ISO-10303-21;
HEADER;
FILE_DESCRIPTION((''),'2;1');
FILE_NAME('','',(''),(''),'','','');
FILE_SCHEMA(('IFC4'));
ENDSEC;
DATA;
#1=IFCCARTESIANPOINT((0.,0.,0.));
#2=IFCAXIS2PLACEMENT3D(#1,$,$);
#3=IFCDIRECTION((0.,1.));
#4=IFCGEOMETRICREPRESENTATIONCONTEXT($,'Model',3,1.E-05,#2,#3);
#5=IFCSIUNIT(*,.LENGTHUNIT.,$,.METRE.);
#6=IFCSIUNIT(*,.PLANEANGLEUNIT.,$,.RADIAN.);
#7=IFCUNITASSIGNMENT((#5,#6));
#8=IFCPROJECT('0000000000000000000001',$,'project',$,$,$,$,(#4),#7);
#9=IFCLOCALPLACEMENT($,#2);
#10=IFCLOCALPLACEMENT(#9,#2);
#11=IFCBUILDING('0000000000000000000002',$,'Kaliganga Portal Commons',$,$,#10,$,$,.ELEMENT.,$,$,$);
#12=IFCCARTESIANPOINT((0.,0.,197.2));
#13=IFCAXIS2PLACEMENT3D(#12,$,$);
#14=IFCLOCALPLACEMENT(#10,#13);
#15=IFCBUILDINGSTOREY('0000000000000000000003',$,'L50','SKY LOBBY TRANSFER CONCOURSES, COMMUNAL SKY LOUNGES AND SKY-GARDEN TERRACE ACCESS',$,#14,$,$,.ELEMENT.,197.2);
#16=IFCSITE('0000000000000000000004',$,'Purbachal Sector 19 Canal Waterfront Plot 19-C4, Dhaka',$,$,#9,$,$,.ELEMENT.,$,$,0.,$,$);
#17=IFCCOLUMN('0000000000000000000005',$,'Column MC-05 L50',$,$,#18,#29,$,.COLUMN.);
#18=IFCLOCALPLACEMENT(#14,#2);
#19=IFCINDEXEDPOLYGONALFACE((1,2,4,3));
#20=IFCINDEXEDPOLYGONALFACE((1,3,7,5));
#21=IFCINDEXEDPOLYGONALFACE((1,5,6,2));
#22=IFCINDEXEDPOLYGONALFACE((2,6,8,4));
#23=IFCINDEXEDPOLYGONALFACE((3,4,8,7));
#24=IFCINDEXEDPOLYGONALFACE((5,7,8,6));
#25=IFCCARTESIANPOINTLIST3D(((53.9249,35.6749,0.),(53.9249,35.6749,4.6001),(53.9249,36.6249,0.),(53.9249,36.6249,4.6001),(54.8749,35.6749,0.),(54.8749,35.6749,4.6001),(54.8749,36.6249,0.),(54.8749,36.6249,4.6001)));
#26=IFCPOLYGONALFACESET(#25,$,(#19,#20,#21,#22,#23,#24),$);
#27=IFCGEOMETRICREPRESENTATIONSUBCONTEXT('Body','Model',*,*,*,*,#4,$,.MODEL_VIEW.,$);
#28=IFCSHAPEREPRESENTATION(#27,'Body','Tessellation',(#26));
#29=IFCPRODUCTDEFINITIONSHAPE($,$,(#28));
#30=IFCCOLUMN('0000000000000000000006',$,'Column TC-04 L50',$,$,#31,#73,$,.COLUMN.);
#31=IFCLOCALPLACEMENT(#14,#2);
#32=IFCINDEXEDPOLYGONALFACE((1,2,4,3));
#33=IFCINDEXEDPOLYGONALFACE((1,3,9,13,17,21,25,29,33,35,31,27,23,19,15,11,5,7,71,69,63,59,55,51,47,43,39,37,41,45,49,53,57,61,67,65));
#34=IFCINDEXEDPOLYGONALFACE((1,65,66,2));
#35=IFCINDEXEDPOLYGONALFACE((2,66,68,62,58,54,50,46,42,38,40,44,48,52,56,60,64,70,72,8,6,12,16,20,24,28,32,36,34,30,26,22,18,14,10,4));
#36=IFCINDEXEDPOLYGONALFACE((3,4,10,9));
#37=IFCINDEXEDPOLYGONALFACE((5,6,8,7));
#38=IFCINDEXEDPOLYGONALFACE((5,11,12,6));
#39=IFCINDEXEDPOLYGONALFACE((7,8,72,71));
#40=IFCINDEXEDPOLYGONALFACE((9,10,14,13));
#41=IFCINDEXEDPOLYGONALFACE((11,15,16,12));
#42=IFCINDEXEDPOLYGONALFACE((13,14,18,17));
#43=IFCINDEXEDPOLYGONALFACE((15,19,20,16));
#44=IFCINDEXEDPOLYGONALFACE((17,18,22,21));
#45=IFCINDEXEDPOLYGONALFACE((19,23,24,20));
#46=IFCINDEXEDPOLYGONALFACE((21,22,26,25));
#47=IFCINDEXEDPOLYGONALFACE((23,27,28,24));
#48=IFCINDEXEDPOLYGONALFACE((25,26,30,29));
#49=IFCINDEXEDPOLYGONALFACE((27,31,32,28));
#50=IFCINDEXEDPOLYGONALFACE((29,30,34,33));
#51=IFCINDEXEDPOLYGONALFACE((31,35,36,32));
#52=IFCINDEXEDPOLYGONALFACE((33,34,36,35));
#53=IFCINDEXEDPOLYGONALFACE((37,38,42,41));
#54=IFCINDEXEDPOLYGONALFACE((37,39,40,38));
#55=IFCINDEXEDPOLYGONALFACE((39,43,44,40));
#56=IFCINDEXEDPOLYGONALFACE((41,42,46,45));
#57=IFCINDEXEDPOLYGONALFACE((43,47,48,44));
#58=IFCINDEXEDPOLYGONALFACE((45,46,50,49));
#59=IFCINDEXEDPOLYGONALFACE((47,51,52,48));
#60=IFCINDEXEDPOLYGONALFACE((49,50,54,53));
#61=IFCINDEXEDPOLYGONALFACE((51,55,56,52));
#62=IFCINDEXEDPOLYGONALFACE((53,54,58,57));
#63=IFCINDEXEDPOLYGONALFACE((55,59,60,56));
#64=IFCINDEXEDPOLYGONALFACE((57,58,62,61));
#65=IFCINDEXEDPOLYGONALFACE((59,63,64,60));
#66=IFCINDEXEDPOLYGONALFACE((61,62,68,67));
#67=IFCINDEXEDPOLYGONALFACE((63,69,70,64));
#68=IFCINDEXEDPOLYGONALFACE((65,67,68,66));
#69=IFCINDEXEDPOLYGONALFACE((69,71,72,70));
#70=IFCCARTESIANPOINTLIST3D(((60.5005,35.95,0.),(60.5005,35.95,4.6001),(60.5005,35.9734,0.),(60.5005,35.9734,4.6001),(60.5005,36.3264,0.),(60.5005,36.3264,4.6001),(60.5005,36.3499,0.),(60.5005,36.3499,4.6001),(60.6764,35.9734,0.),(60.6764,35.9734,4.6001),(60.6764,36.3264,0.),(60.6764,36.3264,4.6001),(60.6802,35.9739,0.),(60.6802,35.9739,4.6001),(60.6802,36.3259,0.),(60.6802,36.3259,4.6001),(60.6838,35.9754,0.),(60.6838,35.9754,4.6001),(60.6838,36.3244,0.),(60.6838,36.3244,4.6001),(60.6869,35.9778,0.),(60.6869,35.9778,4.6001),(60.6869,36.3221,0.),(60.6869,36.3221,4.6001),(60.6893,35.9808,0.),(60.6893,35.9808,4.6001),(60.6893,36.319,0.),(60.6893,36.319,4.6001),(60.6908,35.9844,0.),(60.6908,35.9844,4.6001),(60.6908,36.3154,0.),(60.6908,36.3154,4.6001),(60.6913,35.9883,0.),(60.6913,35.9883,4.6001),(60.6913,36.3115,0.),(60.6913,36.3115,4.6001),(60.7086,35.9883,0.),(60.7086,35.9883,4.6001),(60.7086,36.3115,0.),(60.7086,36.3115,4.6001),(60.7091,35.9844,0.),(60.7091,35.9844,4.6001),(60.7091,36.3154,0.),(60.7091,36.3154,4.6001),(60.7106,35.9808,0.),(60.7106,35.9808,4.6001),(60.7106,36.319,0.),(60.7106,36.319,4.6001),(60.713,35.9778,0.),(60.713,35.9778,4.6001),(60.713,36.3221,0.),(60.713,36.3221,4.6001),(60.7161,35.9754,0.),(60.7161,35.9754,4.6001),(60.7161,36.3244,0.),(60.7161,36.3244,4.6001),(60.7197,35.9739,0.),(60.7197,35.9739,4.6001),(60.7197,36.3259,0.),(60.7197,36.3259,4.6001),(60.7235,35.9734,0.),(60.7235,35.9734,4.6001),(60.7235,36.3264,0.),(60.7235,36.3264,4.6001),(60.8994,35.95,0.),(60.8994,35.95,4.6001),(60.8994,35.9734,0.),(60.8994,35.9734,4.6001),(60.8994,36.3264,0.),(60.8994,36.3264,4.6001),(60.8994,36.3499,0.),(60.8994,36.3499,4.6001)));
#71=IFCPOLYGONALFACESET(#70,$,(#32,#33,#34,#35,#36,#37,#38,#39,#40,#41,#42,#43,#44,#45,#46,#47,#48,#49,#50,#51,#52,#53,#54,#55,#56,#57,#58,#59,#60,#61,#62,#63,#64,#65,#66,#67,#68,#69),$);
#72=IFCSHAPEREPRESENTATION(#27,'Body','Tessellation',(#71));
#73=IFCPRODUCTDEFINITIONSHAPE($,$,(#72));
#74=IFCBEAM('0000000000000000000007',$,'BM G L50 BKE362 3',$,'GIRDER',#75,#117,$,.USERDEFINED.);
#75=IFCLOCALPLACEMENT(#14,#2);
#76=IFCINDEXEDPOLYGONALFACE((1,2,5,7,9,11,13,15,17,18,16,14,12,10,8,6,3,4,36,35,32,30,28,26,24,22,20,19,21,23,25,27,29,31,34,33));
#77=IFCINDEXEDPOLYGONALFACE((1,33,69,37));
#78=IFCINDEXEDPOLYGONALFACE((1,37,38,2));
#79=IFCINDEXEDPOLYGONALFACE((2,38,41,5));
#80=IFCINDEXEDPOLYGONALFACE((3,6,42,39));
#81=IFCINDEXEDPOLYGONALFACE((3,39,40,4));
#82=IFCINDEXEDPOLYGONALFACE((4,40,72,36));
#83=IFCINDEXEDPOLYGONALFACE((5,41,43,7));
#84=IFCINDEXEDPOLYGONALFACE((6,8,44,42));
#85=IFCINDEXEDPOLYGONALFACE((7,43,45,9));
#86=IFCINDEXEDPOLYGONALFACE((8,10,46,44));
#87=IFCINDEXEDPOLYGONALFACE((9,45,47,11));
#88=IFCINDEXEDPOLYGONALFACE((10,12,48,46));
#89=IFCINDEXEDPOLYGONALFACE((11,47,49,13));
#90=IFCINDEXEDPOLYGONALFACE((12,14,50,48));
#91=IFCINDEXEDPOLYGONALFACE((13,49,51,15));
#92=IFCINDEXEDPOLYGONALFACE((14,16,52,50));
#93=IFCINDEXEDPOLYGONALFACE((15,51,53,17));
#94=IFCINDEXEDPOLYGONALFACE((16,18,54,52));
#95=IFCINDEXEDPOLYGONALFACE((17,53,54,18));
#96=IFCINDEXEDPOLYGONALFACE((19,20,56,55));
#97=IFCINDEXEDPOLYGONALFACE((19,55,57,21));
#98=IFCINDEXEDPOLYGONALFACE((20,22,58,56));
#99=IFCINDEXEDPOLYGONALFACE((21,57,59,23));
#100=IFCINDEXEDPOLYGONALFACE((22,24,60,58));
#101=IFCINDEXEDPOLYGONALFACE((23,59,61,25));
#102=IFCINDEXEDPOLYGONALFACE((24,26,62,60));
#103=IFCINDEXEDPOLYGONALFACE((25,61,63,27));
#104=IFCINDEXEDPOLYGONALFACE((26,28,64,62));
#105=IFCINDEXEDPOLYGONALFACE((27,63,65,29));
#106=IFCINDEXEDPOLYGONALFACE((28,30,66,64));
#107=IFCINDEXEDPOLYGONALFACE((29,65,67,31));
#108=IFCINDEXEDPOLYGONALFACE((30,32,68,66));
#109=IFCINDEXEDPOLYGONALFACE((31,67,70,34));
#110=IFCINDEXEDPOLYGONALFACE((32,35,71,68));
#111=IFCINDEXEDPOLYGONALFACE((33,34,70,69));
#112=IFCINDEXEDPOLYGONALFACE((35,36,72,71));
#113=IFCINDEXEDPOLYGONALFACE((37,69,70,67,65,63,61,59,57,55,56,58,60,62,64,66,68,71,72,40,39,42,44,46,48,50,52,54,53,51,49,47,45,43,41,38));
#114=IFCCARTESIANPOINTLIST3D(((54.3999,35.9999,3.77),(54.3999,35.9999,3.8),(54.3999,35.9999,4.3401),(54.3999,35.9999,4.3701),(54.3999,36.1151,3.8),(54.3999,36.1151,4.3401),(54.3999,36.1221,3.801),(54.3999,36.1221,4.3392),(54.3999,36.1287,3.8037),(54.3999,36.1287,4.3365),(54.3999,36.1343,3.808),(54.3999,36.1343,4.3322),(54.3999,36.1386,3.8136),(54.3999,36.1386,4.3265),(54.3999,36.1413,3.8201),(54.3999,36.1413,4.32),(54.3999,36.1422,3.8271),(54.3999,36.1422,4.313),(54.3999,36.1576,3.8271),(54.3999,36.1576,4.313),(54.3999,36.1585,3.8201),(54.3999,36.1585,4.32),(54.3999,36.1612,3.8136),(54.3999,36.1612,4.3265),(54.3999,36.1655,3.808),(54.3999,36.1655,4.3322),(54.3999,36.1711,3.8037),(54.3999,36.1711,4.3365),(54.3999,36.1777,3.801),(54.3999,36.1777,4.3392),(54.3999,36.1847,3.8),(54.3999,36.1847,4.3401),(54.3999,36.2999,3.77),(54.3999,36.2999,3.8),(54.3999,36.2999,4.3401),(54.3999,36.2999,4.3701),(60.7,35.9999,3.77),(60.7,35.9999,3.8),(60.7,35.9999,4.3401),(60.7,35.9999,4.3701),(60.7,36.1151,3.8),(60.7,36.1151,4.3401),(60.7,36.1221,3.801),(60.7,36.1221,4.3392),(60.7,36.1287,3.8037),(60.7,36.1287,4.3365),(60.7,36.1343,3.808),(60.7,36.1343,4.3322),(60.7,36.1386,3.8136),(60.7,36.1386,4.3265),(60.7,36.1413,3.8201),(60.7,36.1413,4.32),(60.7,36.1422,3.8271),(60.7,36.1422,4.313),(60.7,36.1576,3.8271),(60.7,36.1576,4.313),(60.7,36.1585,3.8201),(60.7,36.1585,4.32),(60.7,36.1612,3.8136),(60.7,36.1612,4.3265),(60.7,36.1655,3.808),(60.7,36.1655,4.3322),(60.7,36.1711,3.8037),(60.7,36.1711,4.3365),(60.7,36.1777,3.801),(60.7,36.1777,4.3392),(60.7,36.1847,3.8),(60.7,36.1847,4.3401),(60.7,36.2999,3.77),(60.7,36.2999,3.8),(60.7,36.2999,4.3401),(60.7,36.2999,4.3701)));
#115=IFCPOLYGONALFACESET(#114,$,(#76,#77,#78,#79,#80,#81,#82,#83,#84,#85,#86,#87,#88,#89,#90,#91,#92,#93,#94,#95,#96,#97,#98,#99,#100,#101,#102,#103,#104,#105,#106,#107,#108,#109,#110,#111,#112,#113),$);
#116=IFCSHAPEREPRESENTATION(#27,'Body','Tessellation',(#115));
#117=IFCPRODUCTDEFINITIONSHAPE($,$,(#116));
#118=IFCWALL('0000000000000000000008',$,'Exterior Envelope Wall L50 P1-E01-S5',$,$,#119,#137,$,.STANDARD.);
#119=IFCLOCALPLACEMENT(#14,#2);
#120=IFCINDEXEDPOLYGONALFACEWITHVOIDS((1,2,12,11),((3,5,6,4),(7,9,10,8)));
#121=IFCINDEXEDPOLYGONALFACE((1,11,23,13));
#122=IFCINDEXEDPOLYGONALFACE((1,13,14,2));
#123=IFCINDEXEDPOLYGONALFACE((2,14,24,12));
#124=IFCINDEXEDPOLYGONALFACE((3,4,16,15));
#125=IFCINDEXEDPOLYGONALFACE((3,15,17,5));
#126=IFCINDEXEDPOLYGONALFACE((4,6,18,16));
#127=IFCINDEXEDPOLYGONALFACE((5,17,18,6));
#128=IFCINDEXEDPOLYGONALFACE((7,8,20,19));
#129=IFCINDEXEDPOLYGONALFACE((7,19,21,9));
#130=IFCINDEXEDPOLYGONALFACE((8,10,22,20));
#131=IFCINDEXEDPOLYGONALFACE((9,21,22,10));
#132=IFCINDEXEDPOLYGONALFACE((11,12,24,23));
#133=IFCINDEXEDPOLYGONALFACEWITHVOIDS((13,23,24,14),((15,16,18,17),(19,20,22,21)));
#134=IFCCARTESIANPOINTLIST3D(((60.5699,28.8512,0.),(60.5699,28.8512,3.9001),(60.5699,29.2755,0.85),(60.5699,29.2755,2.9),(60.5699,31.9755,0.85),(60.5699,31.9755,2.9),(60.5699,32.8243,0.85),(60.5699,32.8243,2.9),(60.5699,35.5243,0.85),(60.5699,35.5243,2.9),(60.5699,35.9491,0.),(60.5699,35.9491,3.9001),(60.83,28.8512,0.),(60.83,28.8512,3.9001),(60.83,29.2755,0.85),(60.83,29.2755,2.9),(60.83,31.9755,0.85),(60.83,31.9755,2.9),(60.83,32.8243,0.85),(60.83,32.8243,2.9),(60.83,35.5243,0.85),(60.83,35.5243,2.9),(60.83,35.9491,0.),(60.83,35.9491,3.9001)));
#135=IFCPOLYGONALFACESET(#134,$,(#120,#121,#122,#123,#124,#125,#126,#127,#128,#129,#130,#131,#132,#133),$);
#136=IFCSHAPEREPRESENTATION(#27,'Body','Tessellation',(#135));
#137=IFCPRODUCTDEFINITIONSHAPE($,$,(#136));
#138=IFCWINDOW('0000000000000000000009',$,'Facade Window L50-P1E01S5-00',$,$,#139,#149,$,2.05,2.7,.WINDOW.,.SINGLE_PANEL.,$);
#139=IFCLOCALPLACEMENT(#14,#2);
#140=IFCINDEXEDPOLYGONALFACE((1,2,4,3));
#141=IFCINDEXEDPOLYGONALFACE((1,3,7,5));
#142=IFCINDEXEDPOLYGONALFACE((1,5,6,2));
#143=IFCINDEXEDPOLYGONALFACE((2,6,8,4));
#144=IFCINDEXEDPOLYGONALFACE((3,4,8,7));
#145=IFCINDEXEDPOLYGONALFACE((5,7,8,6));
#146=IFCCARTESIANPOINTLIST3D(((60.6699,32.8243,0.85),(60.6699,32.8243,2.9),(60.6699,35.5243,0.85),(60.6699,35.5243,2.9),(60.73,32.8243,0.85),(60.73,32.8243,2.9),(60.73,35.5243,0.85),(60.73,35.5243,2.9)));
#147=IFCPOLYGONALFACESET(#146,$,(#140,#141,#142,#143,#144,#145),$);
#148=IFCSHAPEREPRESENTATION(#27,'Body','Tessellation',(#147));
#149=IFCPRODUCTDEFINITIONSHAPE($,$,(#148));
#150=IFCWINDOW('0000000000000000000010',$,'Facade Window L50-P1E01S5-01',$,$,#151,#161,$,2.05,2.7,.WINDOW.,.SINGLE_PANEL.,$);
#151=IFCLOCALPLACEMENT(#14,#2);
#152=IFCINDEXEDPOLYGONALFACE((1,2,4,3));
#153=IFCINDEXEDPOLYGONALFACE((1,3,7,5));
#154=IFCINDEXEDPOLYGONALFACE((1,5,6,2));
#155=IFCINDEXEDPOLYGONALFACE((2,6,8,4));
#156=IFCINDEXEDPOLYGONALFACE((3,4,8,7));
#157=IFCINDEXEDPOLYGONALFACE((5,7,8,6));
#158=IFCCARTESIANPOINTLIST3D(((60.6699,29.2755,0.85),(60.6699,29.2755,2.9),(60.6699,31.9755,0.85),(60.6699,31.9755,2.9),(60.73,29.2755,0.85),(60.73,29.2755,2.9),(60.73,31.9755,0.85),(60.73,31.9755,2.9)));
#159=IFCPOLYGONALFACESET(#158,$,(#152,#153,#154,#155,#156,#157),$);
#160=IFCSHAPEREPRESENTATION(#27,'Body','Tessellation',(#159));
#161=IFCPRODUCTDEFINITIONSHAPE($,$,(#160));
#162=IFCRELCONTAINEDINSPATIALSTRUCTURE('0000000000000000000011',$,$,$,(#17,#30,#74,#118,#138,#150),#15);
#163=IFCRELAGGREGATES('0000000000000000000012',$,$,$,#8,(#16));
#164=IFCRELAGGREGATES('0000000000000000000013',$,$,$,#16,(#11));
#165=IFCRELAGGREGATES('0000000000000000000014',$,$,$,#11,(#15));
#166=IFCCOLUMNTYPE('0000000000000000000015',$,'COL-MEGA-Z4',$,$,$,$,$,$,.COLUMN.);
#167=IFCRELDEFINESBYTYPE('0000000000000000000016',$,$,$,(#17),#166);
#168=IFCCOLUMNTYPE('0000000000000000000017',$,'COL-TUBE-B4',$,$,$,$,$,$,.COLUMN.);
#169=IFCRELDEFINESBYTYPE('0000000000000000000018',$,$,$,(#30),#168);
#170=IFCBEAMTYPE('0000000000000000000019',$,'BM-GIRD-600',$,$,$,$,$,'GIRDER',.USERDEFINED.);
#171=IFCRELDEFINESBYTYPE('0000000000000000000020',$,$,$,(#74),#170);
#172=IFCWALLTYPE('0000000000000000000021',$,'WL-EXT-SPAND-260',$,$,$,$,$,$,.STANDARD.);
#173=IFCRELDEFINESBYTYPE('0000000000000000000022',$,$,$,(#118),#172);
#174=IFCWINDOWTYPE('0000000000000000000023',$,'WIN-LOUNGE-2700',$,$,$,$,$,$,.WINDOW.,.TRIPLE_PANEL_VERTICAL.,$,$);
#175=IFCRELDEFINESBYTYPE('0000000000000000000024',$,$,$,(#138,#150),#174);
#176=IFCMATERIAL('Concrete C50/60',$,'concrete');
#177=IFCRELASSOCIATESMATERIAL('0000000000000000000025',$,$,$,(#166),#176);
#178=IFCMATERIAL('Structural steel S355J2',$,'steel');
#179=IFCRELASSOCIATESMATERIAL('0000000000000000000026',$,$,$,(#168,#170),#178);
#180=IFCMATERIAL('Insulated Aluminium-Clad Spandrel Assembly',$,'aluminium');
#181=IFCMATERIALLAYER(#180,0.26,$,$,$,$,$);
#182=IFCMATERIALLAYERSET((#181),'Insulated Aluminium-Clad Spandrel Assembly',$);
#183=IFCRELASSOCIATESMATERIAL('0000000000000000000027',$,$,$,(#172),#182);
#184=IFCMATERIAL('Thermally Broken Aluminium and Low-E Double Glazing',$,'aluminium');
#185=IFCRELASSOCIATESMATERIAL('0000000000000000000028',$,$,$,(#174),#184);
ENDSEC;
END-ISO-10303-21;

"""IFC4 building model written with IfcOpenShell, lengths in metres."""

from ifc_helpers import new_model, si_unit, direction, frame, frame_2d, origin, origin_2d, place, context, subcontext, project, spatial, rectangle, i_section, extrude, source, transform, mapped, material, layer, layer_set, material_profile, profile_set, type_object, element, fill, save


model = new_model("IFC4")

# Units and contexts
model_context = context("Model", 3, precision=1e-05, world=origin(), true_north=direction((0.0, 1.0)))
body_context = subcontext(model_context, "Body", "Model", "MODEL_VIEW")
ifc_project = project(units=[si_unit("LENGTHUNIT", "METRE"), si_unit("PLANEANGLEUNIT", "RADIAN")], contexts=[model_context])

# Site, building, storey
site_placement = place(None, origin())
site = spatial("IfcSite", under=ifc_project, at=site_placement, Name="Purbachal Sector 19 Canal Waterfront Plot 19-C4, Dhaka", CompositionType="ELEMENT", RefElevation=0.0)
building_placement = place(site_placement, origin())
building = spatial("IfcBuilding", under=site, at=building_placement, Name="Kaliganga Portal Commons", CompositionType="ELEMENT")
storey_placement = place(building_placement, frame((0.0, 0.0, 197.2)))
storey = spatial("IfcBuildingStorey", under=building, at=storey_placement, Name="L50", Description="SKY LOBBY TRANSFER CONCOURSES, COMMUNAL SKY LOUNGES AND SKY-GARDEN TERRACE ACCESS", CompositionType="ELEMENT", Elevation=197.2)

# Columns
ifc_material_1 = material(Name="Concrete C50/60", Category="concrete")
ifc_material_profile_1 = material_profile(ifc_material_1, rectangle(XDim=0.95, YDim=0.95, at=origin_2d()), Name="RC 950x950")
ifc_profile_set_1 = profile_set([ifc_material_profile_1], Name="Concrete C50/60")
column_type_1 = type_object("IfcColumnType", Name="COL-MEGA-Z4", PredefinedType="COLUMN", material=ifc_profile_set_1)
shared_shape_1 = source(origin(), body_context, "Body", "SweptSolid", [
    extrude(rectangle(XDim=0.95, YDim=0.95, at=origin_2d()), origin(), (0.0, 0.0, 1.0), 4.6001),
])
column_1_placement = place(storey_placement, frame((54.3999, 36.1499, 0.0), z_axis=(0.0, 0.0, 1.0), x_axis=(1.0, 0.0, 0.0)))
element("IfcColumn", 1, at=column_1_placement, inside=storey, type_object=column_type_1, Name="Column MC-05 L50", PredefinedType="COLUMN", context=body_context, shape_type="MappedRepresentation", body=[
    mapped(shared_shape_1, transform((0.0, 0.0, 0.0), x_axis=(1.0, 0.0, 0.0), y_axis=(0.0, 1.0, 0.0), z_axis=(0.0, 0.0, 1.0), scale=1.0)),
])
ifc_material_2 = material(Name="Structural steel S355J2", Category="steel")
ifc_material_profile_2 = material_profile(ifc_material_2, i_section(OverallWidth=0.3989, OverallDepth=0.3999, WebThickness=0.0173, FlangeThickness=0.0234, FilletRadius=0.0149, at=origin_2d()), Name="HD 400x287")
ifc_profile_set_2 = profile_set([ifc_material_profile_2], Name="Structural steel S355J2 wide-flange")
column_type_2 = type_object("IfcColumnType", Name="COL-TUBE-B4", PredefinedType="COLUMN", material=ifc_profile_set_2)
shared_shape_2 = source(origin(), body_context, "Body", "SweptSolid", [
    extrude(i_section(OverallWidth=0.3989, OverallDepth=0.3999, WebThickness=0.0173, FlangeThickness=0.0234, FilletRadius=0.0149, at=origin_2d()), origin(), (0.0, 0.0, 1.0), 4.6001),
])
column_2_placement = place(storey_placement, frame((60.7, 36.1499, 0.0), z_axis=(0.0, 0.0, 1.0), x_axis=(1.0, 0.0, 0.0)))
element("IfcColumn", 2, at=column_2_placement, inside=storey, type_object=column_type_2, Name="Column TC-04 L50", PredefinedType="COLUMN", context=body_context, shape_type="MappedRepresentation", body=[
    mapped(shared_shape_2, transform((0.0, 0.0, 0.0), x_axis=(1.0, 0.0, 0.0), y_axis=(0.0, 1.0, 0.0), z_axis=(0.0, 0.0, 1.0), scale=1.0)),
])

# Beam
ifc_material_profile_3 = material_profile(ifc_material_2, i_section(OverallWidth=0.3, OverallDepth=0.6001, WebThickness=0.0154, FlangeThickness=0.03, FilletRadius=0.0271, at=origin_2d()), Name="HE 600 B")
ifc_profile_set_3 = profile_set([ifc_material_profile_3], Name="Structural steel S355J2 wide-flange")
beam_type = type_object("IfcBeamType", Name="BM-GIRD-600", ElementType="GIRDER", PredefinedType="USERDEFINED", material=ifc_profile_set_3)
shared_shape_3 = source(origin(), body_context, "Body", "SweptSolid", [
    extrude(i_section(OverallWidth=0.3, OverallDepth=0.6001, WebThickness=0.0154, FlangeThickness=0.03, FilletRadius=0.0271, at=origin_2d()), origin(), (0.0, 0.0, 1.0), 6.3),
])
beam_placement = place(storey_placement, frame((54.3999, 36.1499, 4.0701), z_axis=(1.0, 0.0, 0.0), x_axis=(0.0, 1.0, 0.0)))
element("IfcBeam", 3, at=beam_placement, inside=storey, type_object=beam_type, Name="BM G L50 BKE362 3", ObjectType="GIRDER", PredefinedType="USERDEFINED", context=body_context, shape_type="MappedRepresentation", body=[
    mapped(shared_shape_3, transform((0.0, 0.0, 0.0), x_axis=(1.0, 0.0, 0.0), y_axis=(0.0, 1.0, 0.0), z_axis=(0.0, 0.0, 1.0), scale=1.0)),
])

# Wall, openings, windows
ifc_material_3 = material(Name="Insulated Aluminium-Clad Spandrel Assembly", Category="aluminium")
ifc_layer_1 = layer(ifc_material_3, 0.26)
ifc_layer_set_1 = layer_set([ifc_layer_1], Name="Insulated Aluminium-Clad Spandrel Assembly")
wall_type_1 = type_object("IfcWallType", Name="WL-EXT-SPAND-260", PredefinedType="STANDARD", material=ifc_layer_set_1)
wall_1_placement = place(storey_placement, frame((60.7, 35.949, 0.0), z_axis=(0.0, 0.0, 1.0), x_axis=(0.0, -1.0, 0.0)))
wall_1 = element("IfcWall", 4, at=wall_1_placement, inside=storey, type_object=wall_type_1, Name="Exterior Envelope Wall L50 P1-E01-S5", PredefinedType="STANDARD", context=body_context, shape_type="SweptSolid", body=[
    extrude(rectangle(XDim=7.0979, YDim=0.26, at=frame_2d((3.5488, 0.0))), origin(), (0.0, 0.0, 1.0), 3.9001),
])
opening_1_placement = place(wall_1_placement, frame((0.4246, 0.0, 0.8501)))
opening_1 = element("IfcOpeningElement", 5, at=opening_1_placement, cuts=wall_1, PredefinedType="OPENING", context=body_context, shape_type="SweptSolid", body=[
    extrude(rectangle(XDim=2.7, YDim=2.05, at=frame_2d((1.3501, 1.0249))), frame((0.0, 0.1401, 0.0), z_axis=(0.0, -1.0, 0.0), x_axis=(1.0, 0.0, 0.0)), (0.0, 0.0, 1.0), 0.28),
])
opening_2_placement = place(wall_1_placement, frame((3.9734, 0.0, 0.8501)))
opening_2 = element("IfcOpeningElement", 6, at=opening_2_placement, cuts=wall_1, PredefinedType="OPENING", context=body_context, shape_type="SweptSolid", body=[
    extrude(rectangle(XDim=2.7, YDim=2.05, at=frame_2d((1.3501, 1.0249))), frame((0.0, 0.1401, 0.0), z_axis=(0.0, -1.0, 0.0), x_axis=(1.0, 0.0, 0.0)), (0.0, 0.0, 1.0), 0.28),
])
ifc_material_4 = material(Name="Thermally Broken Aluminium and Low-E Double Glazing", Category="aluminium")
window_type_1 = type_object("IfcWindowType", Name="WIN-LOUNGE-2700", PartitioningType="TRIPLE_PANEL_VERTICAL", PredefinedType="WINDOW", material=ifc_material_4)
window_1_placement = place(opening_1_placement, origin())
window_1 = element("IfcWindow", 7, at=window_1_placement, inside=storey, type_object=window_type_1, Name="Facade Window L50-P1E01S5-00", OverallHeight=2.05, OverallWidth=2.7, PartitioningType="SINGLE_PANEL", PredefinedType="WINDOW", context=body_context, shape_type="SweptSolid", body=[
    extrude(rectangle(XDim=2.7, YDim=2.05, at=frame_2d((1.3501, 1.0249))), frame((0.0, 0.03, 0.0), z_axis=(0.0, -1.0, 0.0), x_axis=(1.0, 0.0, 0.0)), (0.0, 0.0, 1.0), 0.0601),
])
fill(opening_1, window_1)
window_2_placement = place(opening_2_placement, origin())
window_2 = element("IfcWindow", 8, at=window_2_placement, inside=storey, type_object=window_type_1, Name="Facade Window L50-P1E01S5-01", OverallHeight=2.05, OverallWidth=2.7, PartitioningType="SINGLE_PANEL", PredefinedType="WINDOW", context=body_context, shape_type="SweptSolid", body=[
    extrude(rectangle(XDim=2.7, YDim=2.05, at=frame_2d((1.3501, 1.0249))), frame((0.0, 0.03, 0.0), z_axis=(0.0, -1.0, 0.0), x_axis=(1.0, 0.0, 0.0)), (0.0, 0.0, 1.0), 0.0601),
])
fill(opening_2, window_2)

save(model, "model.ifc")
